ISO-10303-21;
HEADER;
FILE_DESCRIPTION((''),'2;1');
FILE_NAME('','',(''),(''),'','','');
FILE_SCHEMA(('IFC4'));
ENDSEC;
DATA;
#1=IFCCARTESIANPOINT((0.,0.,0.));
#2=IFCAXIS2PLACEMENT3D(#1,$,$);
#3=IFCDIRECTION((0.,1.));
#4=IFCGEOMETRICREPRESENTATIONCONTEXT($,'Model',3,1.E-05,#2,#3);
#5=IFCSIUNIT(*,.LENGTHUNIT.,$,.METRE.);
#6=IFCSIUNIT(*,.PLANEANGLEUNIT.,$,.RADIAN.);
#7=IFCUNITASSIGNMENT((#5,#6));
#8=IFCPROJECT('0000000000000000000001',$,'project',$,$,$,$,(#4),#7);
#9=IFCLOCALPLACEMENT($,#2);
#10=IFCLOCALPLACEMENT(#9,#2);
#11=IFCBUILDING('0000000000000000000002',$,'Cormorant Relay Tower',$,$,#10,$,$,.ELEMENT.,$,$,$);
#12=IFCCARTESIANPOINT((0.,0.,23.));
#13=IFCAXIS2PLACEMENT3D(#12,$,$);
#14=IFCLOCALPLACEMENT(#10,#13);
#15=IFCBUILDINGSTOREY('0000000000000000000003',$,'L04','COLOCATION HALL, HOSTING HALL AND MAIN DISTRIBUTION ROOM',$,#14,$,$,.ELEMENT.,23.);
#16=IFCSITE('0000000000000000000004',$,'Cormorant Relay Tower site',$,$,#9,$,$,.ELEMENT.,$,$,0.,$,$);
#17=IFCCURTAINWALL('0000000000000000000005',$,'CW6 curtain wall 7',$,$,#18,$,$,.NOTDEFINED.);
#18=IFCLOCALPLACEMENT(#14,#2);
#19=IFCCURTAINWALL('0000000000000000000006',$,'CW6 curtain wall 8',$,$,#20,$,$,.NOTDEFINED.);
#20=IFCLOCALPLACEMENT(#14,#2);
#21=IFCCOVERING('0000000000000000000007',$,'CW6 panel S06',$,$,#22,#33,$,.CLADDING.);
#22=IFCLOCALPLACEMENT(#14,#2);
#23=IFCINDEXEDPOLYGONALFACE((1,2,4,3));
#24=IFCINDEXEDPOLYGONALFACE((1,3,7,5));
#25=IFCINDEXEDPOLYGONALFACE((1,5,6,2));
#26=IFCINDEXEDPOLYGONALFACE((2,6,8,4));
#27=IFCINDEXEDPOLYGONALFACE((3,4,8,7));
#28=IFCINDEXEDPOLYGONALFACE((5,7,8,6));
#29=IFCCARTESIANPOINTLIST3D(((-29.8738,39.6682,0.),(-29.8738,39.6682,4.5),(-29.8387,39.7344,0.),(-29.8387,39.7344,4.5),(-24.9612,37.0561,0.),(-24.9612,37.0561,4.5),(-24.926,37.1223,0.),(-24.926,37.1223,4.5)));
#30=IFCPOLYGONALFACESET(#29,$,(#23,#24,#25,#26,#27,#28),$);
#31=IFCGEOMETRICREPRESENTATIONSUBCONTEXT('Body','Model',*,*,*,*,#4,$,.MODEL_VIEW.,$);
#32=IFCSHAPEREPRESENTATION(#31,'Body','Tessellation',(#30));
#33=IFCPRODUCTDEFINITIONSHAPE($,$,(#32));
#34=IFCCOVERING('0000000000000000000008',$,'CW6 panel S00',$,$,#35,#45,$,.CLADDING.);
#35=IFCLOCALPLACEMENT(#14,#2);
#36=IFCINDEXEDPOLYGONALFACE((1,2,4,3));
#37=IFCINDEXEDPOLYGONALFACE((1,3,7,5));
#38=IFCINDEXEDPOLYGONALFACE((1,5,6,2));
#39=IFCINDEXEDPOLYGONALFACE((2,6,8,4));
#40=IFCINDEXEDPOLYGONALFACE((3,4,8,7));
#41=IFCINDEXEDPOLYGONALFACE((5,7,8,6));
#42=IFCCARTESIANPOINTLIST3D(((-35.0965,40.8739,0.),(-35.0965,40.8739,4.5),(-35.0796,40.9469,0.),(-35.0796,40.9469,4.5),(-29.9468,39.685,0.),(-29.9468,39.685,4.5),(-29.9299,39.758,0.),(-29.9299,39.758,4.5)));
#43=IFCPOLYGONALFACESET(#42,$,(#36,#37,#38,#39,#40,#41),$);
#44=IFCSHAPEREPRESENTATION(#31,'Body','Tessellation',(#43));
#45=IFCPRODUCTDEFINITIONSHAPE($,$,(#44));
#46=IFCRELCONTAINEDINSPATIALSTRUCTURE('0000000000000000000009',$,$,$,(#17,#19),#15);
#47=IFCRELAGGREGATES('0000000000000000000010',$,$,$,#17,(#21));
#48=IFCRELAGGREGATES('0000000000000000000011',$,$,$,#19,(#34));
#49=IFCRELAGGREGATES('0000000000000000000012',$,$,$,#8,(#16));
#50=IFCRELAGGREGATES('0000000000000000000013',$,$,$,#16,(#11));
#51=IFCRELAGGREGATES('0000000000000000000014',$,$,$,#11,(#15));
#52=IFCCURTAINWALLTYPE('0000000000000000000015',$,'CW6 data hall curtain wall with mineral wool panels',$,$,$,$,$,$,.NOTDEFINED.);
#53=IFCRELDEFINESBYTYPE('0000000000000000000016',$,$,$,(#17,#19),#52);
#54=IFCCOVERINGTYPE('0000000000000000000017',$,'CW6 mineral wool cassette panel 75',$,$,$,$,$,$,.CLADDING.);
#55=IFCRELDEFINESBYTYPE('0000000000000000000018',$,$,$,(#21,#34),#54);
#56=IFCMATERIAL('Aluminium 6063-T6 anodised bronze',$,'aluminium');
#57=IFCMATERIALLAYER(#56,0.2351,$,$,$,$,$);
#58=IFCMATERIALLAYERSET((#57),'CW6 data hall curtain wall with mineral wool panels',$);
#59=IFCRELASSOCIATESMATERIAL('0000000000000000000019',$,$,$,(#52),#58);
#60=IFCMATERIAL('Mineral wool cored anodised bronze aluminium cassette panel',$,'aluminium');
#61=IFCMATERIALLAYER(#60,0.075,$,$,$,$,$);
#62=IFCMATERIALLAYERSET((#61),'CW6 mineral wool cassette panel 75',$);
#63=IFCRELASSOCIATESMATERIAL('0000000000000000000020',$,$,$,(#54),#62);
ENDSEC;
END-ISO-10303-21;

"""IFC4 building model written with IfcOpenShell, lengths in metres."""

from ifc_helpers import new_model, si_unit, direction, frame, origin, origin_2d, place, context, subcontext, project, spatial, rectangle, extrude, material, layer, layer_set, type_object, element, aggregate, save


model = new_model("IFC4")

# Units and contexts
model_context = context("Model", 3, precision=1e-05, world=origin(), true_north=direction((0.0, 1.0)))
body_context = subcontext(model_context, "Body", "Model", "MODEL_VIEW")
ifc_project = project(units=[si_unit("LENGTHUNIT", "METRE"), si_unit("PLANEANGLEUNIT", "RADIAN")], contexts=[model_context])

# Site, building, storey
site_placement = place(None, origin())
site = spatial("IfcSite", under=ifc_project, at=site_placement, Name="Cormorant Relay Tower site", CompositionType="ELEMENT", RefElevation=0.0)
building_placement = place(site_placement, origin())
building = spatial("IfcBuilding", under=site, at=building_placement, Name="Cormorant Relay Tower", CompositionType="ELEMENT")
storey_placement = place(building_placement, frame((0.0, 0.0, 23.0)))
storey = spatial("IfcBuildingStorey", under=building, at=storey_placement, Name="L04", Description="COLOCATION HALL, HOSTING HALL AND MAIN DISTRIBUTION ROOM", CompositionType="ELEMENT", Elevation=23.0)

# Curtain wall
ifc_material_1 = material(Name="Aluminium 6063-T6 anodised bronze", Category="aluminium")
ifc_layer_1 = layer(ifc_material_1, 0.2351)
ifc_layer_set_1 = layer_set([ifc_layer_1], Name="CW6 data hall curtain wall with mineral wool panels")
curtain_wall_type = type_object("IfcCurtainWallType", Name="CW6 data hall curtain wall with mineral wool panels", PredefinedType="NOTDEFINED", material=ifc_layer_set_1)
curtain_wall_1_placement = place(storey_placement, origin())
curtain_wall_1 = element("IfcCurtainWall", 1, at=curtain_wall_1_placement, inside=storey, type_object=curtain_wall_type, Name="CW6 curtain wall 7", PredefinedType="NOTDEFINED")

# Curtain wall
curtain_wall_2_placement = place(storey_placement, origin())
curtain_wall_2 = element("IfcCurtainWall", 2, at=curtain_wall_2_placement, inside=storey, type_object=curtain_wall_type, Name="CW6 curtain wall 8", PredefinedType="NOTDEFINED")

# Coverings
ifc_material_2 = material(Name="Mineral wool cored anodised bronze aluminium cassette panel", Category="aluminium")
ifc_layer_2 = layer(ifc_material_2, 0.075)
ifc_layer_set_2 = layer_set([ifc_layer_2], Name="CW6 mineral wool cassette panel 75")
covering_type = type_object("IfcCoveringType", Name="CW6 mineral wool cassette panel 75", PredefinedType="CLADDING", material=ifc_layer_set_2)
covering_1_placement = place(storey_placement, frame((-27.3999, 38.3953, 0.0), z_axis=(0.0, 0.0, 1.0), x_axis=(-0.882948, 0.469472, 0.0)))
covering_1 = element("IfcCovering", 3, at=covering_1_placement, type_object=covering_type, Name="CW6 panel S06", PredefinedType="CLADDING", context=body_context, shape_type="SweptSolid", body=[
    extrude(rectangle(XDim=5.564, YDim=0.075, at=origin_2d()), origin(), (0.0, 0.0, 1.0), 4.5),
])
aggregate(curtain_wall_1, [covering_1])
covering_2_placement = place(storey_placement, frame((-32.5132, 40.3159, 0.0), z_axis=(0.0, 0.0, 1.0), x_axis=(-0.97437, 0.224951, 0.0)))
covering_2 = element("IfcCovering", 4, at=covering_2_placement, type_object=covering_type, Name="CW6 panel S00", PredefinedType="CLADDING", context=body_context, shape_type="SweptSolid", body=[
    extrude(rectangle(XDim=5.2852, YDim=0.075, at=origin_2d()), origin(), (0.0, 0.0, 1.0), 4.5),
])
aggregate(curtain_wall_2, [covering_2])

save(model, "model.ifc")
